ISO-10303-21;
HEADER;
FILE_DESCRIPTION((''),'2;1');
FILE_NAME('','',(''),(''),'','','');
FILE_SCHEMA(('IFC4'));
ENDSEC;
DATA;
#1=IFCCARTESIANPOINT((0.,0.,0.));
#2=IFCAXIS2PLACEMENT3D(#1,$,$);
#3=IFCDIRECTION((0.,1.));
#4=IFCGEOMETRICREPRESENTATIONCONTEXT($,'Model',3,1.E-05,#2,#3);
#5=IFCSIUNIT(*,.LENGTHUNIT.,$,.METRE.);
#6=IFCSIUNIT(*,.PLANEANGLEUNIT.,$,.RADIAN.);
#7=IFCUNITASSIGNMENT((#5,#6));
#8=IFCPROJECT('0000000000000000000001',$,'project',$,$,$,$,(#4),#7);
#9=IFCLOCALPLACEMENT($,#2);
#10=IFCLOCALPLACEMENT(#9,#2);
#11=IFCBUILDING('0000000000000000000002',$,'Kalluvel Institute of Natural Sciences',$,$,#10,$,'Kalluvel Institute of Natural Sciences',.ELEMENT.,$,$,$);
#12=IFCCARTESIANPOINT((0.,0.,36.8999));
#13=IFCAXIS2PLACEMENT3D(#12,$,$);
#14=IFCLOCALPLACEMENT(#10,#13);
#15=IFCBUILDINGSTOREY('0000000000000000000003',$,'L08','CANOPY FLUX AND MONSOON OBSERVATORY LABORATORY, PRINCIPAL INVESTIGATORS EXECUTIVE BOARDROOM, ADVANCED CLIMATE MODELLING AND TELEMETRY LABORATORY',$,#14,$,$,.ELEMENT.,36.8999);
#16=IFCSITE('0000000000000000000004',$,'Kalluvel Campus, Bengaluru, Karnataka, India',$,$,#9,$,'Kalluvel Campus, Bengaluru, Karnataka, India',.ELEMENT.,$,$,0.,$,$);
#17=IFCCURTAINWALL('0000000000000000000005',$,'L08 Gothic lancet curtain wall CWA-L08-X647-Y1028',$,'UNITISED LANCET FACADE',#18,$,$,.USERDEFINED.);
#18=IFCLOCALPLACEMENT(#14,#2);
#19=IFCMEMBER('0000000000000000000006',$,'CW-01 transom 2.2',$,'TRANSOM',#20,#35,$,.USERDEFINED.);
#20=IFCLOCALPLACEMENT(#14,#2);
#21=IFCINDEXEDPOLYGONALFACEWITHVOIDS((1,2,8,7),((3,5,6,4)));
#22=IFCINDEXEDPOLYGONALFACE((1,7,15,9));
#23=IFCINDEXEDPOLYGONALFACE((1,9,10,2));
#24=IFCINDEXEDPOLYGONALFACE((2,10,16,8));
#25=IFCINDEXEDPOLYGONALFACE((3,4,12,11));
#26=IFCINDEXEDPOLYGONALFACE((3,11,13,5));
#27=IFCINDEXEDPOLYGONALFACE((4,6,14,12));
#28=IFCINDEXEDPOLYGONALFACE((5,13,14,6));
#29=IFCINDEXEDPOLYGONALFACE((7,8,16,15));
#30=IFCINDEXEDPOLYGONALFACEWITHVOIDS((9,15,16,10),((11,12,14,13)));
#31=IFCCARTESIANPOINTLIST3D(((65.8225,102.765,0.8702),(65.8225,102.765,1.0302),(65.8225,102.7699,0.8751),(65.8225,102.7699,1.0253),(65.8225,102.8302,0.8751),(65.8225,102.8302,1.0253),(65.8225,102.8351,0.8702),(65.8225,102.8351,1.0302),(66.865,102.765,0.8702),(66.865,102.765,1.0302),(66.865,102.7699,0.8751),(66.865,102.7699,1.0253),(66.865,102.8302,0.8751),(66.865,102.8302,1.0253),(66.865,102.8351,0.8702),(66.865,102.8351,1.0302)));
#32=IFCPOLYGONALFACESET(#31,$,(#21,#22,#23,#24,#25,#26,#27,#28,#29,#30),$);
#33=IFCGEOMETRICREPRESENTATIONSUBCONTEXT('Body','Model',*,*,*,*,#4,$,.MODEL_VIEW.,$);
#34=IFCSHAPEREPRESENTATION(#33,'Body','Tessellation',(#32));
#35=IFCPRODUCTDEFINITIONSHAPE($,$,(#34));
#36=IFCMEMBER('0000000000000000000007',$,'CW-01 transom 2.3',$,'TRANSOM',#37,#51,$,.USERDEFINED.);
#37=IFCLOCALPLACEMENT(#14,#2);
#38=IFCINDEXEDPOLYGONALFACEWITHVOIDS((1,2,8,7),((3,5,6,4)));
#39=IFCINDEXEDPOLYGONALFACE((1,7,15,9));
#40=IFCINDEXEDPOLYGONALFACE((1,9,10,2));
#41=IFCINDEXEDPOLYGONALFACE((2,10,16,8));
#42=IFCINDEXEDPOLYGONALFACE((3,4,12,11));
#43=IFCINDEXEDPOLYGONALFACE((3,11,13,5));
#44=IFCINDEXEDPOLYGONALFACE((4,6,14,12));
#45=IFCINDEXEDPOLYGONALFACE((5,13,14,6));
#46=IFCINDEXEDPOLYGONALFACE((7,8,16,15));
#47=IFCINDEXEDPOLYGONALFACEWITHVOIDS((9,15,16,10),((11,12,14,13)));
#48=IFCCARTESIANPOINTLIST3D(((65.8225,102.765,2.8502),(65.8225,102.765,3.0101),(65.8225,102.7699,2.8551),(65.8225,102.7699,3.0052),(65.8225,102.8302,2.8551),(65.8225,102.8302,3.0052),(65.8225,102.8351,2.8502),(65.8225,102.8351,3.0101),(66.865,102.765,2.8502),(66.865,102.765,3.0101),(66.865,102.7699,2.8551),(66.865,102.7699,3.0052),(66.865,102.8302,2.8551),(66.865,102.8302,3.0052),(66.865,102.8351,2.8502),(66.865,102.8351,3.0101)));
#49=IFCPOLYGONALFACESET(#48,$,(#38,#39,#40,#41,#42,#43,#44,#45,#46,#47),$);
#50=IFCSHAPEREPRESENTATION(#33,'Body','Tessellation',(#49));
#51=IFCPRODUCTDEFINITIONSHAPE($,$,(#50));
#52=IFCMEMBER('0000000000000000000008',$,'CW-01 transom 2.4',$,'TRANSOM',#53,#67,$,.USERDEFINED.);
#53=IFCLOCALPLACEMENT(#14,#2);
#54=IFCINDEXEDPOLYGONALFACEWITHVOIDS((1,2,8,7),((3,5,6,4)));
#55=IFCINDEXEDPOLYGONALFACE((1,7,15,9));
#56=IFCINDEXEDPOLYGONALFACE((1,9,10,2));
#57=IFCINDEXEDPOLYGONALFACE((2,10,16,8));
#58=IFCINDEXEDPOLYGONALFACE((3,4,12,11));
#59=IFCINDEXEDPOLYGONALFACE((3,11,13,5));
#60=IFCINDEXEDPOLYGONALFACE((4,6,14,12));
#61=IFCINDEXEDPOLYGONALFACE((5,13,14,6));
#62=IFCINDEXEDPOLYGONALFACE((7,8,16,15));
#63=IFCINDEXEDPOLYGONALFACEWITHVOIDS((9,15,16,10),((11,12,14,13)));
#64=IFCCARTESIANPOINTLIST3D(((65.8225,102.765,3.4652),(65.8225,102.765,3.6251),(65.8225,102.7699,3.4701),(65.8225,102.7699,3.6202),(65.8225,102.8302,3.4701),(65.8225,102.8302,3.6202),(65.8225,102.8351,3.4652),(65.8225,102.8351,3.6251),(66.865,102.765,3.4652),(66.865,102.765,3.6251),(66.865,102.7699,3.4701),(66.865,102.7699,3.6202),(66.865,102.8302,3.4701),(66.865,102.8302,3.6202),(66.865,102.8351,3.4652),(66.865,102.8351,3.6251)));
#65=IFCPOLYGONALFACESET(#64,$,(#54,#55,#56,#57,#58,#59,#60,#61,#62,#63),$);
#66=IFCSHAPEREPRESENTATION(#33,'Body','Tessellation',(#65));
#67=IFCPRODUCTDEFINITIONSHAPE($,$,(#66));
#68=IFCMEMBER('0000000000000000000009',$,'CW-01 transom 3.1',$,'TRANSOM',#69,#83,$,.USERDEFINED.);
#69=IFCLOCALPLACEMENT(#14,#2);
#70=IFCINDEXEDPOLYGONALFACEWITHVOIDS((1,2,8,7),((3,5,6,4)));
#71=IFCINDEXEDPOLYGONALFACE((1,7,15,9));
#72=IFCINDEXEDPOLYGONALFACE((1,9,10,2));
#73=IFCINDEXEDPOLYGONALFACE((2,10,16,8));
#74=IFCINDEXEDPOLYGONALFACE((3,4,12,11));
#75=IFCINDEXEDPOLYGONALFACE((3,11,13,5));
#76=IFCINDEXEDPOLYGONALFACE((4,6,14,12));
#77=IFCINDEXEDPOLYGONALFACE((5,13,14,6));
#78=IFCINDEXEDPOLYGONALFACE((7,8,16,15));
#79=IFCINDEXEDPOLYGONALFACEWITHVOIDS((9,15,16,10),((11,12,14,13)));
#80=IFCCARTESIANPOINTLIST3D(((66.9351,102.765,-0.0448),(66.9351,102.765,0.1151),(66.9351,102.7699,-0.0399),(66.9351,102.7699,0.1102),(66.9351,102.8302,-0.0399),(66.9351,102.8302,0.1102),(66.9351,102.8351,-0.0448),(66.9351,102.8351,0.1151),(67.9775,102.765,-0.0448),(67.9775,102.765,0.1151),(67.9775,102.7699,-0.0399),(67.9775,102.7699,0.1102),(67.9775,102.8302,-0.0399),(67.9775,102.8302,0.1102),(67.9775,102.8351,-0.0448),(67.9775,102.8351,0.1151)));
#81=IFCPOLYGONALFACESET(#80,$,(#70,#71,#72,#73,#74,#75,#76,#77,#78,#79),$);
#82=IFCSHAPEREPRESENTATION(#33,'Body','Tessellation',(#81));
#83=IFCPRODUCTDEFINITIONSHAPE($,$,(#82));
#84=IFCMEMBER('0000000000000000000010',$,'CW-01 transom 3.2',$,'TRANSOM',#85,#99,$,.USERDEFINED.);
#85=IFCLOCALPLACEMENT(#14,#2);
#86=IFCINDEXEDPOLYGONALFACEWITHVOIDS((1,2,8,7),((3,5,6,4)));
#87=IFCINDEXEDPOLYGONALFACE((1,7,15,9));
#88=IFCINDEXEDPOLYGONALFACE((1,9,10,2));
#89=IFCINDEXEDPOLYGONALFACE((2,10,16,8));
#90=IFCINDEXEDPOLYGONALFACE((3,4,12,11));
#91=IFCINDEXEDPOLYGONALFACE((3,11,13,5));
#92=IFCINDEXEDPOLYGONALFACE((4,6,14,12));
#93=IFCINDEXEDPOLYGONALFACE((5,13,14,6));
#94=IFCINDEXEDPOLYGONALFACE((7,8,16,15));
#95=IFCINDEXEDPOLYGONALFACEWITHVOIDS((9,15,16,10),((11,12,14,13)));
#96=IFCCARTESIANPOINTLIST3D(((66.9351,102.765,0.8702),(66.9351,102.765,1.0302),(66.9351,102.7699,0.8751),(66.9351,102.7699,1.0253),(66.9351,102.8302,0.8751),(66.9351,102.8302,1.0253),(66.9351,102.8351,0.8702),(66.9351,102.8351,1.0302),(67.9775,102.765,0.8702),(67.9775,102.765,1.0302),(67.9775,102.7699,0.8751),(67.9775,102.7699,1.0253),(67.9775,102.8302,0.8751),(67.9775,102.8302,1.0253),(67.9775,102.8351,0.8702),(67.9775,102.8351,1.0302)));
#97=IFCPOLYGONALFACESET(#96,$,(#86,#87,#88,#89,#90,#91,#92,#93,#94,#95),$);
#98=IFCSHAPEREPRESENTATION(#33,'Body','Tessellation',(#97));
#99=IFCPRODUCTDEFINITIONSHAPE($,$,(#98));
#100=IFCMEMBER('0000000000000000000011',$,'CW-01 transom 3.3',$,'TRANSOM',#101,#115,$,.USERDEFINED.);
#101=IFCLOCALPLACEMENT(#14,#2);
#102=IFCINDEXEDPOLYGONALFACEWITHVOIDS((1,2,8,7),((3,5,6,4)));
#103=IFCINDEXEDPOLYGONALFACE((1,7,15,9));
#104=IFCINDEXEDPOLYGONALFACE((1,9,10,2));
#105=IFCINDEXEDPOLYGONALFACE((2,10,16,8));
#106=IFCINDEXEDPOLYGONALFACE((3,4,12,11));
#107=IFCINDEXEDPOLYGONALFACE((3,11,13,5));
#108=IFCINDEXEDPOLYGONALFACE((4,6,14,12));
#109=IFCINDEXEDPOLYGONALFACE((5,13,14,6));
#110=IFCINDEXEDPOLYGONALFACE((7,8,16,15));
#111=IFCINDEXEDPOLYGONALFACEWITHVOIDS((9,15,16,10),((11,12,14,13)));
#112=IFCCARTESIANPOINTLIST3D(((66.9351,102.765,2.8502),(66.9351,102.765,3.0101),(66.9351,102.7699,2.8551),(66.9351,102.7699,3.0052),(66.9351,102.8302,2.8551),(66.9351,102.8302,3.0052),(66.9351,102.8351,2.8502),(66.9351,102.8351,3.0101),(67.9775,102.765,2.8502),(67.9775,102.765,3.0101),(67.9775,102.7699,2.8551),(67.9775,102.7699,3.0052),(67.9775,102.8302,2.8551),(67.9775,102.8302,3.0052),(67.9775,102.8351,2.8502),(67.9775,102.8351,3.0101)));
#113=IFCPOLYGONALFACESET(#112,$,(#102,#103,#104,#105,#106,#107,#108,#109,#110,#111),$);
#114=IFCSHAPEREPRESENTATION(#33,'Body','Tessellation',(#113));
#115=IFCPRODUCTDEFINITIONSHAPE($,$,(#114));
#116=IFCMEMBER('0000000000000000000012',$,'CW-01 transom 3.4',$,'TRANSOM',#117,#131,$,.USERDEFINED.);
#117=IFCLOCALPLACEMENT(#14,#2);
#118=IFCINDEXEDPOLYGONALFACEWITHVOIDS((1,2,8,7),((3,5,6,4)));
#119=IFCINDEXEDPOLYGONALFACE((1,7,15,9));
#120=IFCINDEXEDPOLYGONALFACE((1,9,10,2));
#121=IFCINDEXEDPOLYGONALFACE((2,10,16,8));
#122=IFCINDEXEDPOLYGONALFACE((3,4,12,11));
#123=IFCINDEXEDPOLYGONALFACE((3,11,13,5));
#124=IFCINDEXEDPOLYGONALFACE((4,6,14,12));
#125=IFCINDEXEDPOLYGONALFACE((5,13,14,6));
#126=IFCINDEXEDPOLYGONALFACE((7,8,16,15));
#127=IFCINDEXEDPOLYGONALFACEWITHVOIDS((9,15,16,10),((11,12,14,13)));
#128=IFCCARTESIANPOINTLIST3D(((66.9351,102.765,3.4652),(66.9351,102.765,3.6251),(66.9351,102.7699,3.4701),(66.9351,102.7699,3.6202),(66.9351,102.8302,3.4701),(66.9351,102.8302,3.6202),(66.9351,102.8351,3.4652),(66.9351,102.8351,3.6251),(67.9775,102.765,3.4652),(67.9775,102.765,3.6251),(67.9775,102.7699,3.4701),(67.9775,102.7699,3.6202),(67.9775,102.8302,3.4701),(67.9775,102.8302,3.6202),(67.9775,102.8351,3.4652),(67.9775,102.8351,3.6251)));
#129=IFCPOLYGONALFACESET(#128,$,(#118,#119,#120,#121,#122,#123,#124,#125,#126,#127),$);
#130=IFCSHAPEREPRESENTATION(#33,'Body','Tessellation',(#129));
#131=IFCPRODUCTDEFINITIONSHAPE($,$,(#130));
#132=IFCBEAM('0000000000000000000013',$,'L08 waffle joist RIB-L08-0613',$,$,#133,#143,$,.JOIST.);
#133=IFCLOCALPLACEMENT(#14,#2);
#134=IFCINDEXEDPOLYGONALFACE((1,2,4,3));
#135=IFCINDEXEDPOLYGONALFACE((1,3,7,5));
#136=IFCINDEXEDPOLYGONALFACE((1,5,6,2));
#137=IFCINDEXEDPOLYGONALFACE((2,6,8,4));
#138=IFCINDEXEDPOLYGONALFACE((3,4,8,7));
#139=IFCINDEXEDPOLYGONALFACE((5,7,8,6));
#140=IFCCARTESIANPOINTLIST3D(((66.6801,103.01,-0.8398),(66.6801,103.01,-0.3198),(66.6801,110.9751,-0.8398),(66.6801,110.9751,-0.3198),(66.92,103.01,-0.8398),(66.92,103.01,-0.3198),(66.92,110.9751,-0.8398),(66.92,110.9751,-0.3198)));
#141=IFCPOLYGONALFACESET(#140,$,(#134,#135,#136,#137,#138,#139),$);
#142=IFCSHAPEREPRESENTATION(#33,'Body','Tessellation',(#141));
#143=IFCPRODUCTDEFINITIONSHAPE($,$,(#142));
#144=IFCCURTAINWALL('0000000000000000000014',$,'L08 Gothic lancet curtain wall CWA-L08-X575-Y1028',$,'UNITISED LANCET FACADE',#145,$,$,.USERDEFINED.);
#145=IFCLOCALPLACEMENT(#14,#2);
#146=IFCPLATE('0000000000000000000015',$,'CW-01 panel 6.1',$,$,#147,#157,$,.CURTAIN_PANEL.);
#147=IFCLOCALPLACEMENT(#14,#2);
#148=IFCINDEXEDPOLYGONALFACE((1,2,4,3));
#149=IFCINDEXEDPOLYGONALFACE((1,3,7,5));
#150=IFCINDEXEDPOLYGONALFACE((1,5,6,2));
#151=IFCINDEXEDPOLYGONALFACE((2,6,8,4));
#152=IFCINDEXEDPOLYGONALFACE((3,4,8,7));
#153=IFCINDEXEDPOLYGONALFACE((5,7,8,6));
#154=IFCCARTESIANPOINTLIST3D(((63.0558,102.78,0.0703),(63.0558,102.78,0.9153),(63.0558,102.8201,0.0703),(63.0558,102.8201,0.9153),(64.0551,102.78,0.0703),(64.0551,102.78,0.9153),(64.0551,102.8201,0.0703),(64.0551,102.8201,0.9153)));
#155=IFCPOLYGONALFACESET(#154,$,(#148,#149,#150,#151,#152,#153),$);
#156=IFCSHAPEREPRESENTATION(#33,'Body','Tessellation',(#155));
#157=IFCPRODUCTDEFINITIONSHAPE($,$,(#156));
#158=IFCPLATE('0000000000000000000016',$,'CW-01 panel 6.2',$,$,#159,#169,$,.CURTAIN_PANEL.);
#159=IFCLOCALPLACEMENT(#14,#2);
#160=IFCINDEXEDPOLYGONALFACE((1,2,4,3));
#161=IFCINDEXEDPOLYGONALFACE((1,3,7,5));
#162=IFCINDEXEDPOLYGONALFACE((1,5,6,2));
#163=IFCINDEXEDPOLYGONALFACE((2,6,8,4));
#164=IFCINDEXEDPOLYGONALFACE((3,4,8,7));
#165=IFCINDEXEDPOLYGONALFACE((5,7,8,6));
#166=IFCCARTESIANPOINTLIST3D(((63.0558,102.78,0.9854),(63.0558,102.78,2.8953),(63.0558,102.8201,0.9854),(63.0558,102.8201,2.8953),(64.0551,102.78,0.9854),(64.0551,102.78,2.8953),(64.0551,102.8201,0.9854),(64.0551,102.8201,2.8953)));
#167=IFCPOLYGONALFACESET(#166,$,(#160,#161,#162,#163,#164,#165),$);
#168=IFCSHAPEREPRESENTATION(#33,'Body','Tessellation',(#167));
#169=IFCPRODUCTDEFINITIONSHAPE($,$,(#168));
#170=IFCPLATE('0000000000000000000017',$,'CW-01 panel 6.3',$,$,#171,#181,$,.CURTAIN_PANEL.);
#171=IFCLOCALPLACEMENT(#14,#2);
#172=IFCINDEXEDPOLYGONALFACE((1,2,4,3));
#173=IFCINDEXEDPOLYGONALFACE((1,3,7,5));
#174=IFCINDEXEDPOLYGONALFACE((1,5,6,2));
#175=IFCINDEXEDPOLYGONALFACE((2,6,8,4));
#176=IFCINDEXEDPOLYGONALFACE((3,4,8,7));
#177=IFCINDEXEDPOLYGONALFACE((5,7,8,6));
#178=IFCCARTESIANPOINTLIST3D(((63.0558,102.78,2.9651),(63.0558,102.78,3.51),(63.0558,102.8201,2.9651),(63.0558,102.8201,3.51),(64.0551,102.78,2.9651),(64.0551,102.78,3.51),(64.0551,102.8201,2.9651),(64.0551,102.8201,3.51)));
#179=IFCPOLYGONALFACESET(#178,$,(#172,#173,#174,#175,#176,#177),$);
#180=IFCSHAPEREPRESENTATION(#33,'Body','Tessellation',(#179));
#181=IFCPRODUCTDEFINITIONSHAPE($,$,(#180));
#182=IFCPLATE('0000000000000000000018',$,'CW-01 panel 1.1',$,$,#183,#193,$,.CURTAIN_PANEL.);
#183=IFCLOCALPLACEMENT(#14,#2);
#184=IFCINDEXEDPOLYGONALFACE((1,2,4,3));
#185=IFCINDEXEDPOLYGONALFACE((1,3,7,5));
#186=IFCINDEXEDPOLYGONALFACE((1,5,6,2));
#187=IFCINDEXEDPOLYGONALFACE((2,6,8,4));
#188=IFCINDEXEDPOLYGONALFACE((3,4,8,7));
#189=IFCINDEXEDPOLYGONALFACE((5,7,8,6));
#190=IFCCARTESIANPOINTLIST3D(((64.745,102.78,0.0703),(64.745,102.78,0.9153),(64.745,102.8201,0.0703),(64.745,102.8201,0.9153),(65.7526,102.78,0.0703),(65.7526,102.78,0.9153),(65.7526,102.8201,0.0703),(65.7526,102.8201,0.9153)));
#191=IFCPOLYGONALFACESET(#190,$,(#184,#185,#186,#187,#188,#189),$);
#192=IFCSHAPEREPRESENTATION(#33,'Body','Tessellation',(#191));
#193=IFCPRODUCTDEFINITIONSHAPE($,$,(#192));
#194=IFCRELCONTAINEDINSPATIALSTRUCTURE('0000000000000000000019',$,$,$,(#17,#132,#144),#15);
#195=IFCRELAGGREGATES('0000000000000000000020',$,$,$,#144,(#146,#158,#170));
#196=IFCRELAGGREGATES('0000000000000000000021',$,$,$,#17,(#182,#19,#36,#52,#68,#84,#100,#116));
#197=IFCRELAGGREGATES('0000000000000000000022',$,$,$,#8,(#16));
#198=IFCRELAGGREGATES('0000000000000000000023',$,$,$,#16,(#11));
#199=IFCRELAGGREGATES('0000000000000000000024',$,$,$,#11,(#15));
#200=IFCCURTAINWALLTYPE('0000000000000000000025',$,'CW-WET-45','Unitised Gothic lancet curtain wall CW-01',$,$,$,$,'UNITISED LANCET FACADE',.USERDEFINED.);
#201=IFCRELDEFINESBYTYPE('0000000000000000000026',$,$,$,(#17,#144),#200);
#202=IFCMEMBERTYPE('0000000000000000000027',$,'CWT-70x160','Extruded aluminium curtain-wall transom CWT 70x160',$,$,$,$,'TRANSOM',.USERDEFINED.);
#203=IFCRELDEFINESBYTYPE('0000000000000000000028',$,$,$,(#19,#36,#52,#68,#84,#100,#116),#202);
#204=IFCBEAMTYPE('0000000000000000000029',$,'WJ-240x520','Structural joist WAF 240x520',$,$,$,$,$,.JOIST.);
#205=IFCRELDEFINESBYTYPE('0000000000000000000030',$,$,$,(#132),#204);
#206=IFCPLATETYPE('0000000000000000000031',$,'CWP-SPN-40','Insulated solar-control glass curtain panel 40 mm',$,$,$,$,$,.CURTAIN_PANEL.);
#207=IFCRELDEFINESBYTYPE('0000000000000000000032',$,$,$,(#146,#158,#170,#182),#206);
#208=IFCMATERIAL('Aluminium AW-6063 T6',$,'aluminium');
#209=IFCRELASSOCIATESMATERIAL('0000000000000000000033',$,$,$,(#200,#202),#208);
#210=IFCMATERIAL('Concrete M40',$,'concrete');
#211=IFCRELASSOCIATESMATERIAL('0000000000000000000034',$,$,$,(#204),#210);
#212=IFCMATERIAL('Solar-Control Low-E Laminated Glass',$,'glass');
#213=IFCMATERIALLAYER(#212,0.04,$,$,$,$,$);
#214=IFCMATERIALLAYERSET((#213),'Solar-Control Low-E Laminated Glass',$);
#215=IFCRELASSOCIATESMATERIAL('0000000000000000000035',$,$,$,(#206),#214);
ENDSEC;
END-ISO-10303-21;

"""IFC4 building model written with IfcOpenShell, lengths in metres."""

from ifc_helpers import new_model, si_unit, direction, frame, origin, origin_2d, place, context, subcontext, project, spatial, rectangle, hollow_rectangle, extrude, material, layer, layer_set, material_profile, profile_set, type_object, element, aggregate, save


model = new_model("IFC4")

# Units and contexts
model_context = context("Model", 3, precision=1e-05, world=origin(), true_north=direction((0.0, 1.0)))
body_context = subcontext(model_context, "Body", "Model", "MODEL_VIEW")
ifc_project = project(units=[si_unit("LENGTHUNIT", "METRE"), si_unit("PLANEANGLEUNIT", "RADIAN")], contexts=[model_context])

# Site, building, storey
site_placement = place(None, origin())
site = spatial("IfcSite", under=ifc_project, at=site_placement, Name="Kalluvel Campus, Bengaluru, Karnataka, India", LongName="Kalluvel Campus, Bengaluru, Karnataka, India", CompositionType="ELEMENT", RefElevation=0.0)
building_placement = place(site_placement, origin())
building = spatial("IfcBuilding", under=site, at=building_placement, Name="Kalluvel Institute of Natural Sciences", LongName="Kalluvel Institute of Natural Sciences", CompositionType="ELEMENT")
storey_placement = place(building_placement, frame((0.0, 0.0, 36.8999)))
storey = spatial("IfcBuildingStorey", under=building, at=storey_placement, Name="L08", Description="CANOPY FLUX AND MONSOON OBSERVATORY LABORATORY, PRINCIPAL INVESTIGATORS EXECUTIVE BOARDROOM, ADVANCED CLIMATE MODELLING AND TELEMETRY LABORATORY", CompositionType="ELEMENT", Elevation=36.8999)

# Curtain wall, members
ifc_material_1 = material(Name="Aluminium AW-6063 T6", Category="aluminium")
curtain_wall_type = type_object("IfcCurtainWallType", Name="CW-WET-45", Description="Unitised Gothic lancet curtain wall CW-01", ElementType="UNITISED LANCET FACADE", PredefinedType="USERDEFINED", material=ifc_material_1)
curtain_wall_1_placement = place(storey_placement, origin())
curtain_wall_1 = element("IfcCurtainWall", 1, at=curtain_wall_1_placement, inside=storey, type_object=curtain_wall_type, Name="L08 Gothic lancet curtain wall CWA-L08-X647-Y1028", ObjectType="UNITISED LANCET FACADE", PredefinedType="USERDEFINED")
ifc_material_profile_1 = material_profile(ifc_material_1, hollow_rectangle(XDim=0.0701, YDim=0.1599, WallThickness=0.0049, at=origin_2d()), Name="CWT 70x160")
ifc_profile_set_1 = profile_set([ifc_material_profile_1], Name="Aluminium AW-6063 T6")
member_type_1 = type_object("IfcMemberType", Name="CWT-70x160", Description="Extruded aluminium curtain-wall transom CWT 70x160", ElementType="TRANSOM", PredefinedType="USERDEFINED", material=ifc_profile_set_1)
member_1_placement = place(storey_placement, frame((65.8225, 102.8, 0.9502), z_axis=(1.0, 0.0, 0.0), x_axis=(0.0, 1.0, 0.0)))
member_1 = element("IfcMember", 2, at=member_1_placement, type_object=member_type_1, Name="CW-01 transom 2.2", ObjectType="TRANSOM", PredefinedType="USERDEFINED", context=body_context, shape_type="SweptSolid", body=[
    extrude(hollow_rectangle(XDim=0.0701, YDim=0.1599, WallThickness=0.0049, at=origin_2d()), origin(), (0.0, 0.0, 1.0), 1.0425),
])
member_2_placement = place(storey_placement, frame((65.8225, 102.8, 2.9302), z_axis=(1.0, 0.0, 0.0), x_axis=(0.0, 1.0, 0.0)))
member_2 = element("IfcMember", 3, at=member_2_placement, type_object=member_type_1, Name="CW-01 transom 2.3", ObjectType="TRANSOM", PredefinedType="USERDEFINED", context=body_context, shape_type="SweptSolid", body=[
    extrude(hollow_rectangle(XDim=0.0701, YDim=0.1599, WallThickness=0.0049, at=origin_2d()), origin(), (0.0, 0.0, 1.0), 1.0425),
])
member_3_placement = place(storey_placement, frame((65.8225, 102.8, 3.5452), z_axis=(1.0, 0.0, 0.0), x_axis=(0.0, 1.0, 0.0)))
member_3 = element("IfcMember", 4, at=member_3_placement, type_object=member_type_1, Name="CW-01 transom 2.4", ObjectType="TRANSOM", PredefinedType="USERDEFINED", context=body_context, shape_type="SweptSolid", body=[
    extrude(hollow_rectangle(XDim=0.0701, YDim=0.1599, WallThickness=0.0049, at=origin_2d()), origin(), (0.0, 0.0, 1.0), 1.0425),
])
member_4_placement = place(storey_placement, frame((66.9351, 102.8, 0.0352), z_axis=(1.0, 0.0, 0.0), x_axis=(0.0, 1.0, 0.0)))
member_4 = element("IfcMember", 5, at=member_4_placement, type_object=member_type_1, Name="CW-01 transom 3.1", ObjectType="TRANSOM", PredefinedType="USERDEFINED", context=body_context, shape_type="SweptSolid", body=[
    extrude(hollow_rectangle(XDim=0.0701, YDim=0.1599, WallThickness=0.0049, at=origin_2d()), origin(), (0.0, 0.0, 1.0), 1.0425),
])
member_5_placement = place(storey_placement, frame((66.9351, 102.8, 0.9502), z_axis=(1.0, 0.0, 0.0), x_axis=(0.0, 1.0, 0.0)))
member_5 = element("IfcMember", 6, at=member_5_placement, type_object=member_type_1, Name="CW-01 transom 3.2", ObjectType="TRANSOM", PredefinedType="USERDEFINED", context=body_context, shape_type="SweptSolid", body=[
    extrude(hollow_rectangle(XDim=0.0701, YDim=0.1599, WallThickness=0.0049, at=origin_2d()), origin(), (0.0, 0.0, 1.0), 1.0425),
])
member_6_placement = place(storey_placement, frame((66.9351, 102.8, 2.9302), z_axis=(1.0, 0.0, 0.0), x_axis=(0.0, 1.0, 0.0)))
member_6 = element("IfcMember", 7, at=member_6_placement, type_object=member_type_1, Name="CW-01 transom 3.3", ObjectType="TRANSOM", PredefinedType="USERDEFINED", context=body_context, shape_type="SweptSolid", body=[
    extrude(hollow_rectangle(XDim=0.0701, YDim=0.1599, WallThickness=0.0049, at=origin_2d()), origin(), (0.0, 0.0, 1.0), 1.0425),
])
member_7_placement = place(storey_placement, frame((66.9351, 102.8, 3.5452), z_axis=(1.0, 0.0, 0.0), x_axis=(0.0, 1.0, 0.0)))
member_7 = element("IfcMember", 8, at=member_7_placement, type_object=member_type_1, Name="CW-01 transom 3.4", ObjectType="TRANSOM", PredefinedType="USERDEFINED", context=body_context, shape_type="SweptSolid", body=[
    extrude(hollow_rectangle(XDim=0.0701, YDim=0.1599, WallThickness=0.0049, at=origin_2d()), origin(), (0.0, 0.0, 1.0), 1.0425),
])

# Beam
ifc_material_2 = material(Name="Concrete M40", Category="concrete")
ifc_material_profile_2 = material_profile(ifc_material_2, rectangle(XDim=0.24, YDim=0.52, at=origin_2d()), Name="WAF 240x520")
ifc_profile_set_2 = profile_set([ifc_material_profile_2], Name="Concrete M40")
beam_type_1 = type_object("IfcBeamType", Name="WJ-240x520", Description="Structural joist WAF 240x520", PredefinedType="JOIST", material=ifc_profile_set_2)
beam_1_placement = place(storey_placement, frame((66.8, 103.01, -0.5798), z_axis=(0.0, 1.0, 0.0), x_axis=(-1.0, 0.0, 0.0)))
element("IfcBeam", 9, at=beam_1_placement, inside=storey, type_object=beam_type_1, Name="L08 waffle joist RIB-L08-0613", PredefinedType="JOIST", context=body_context, shape_type="SweptSolid", body=[
    extrude(rectangle(XDim=0.24, YDim=0.52, at=origin_2d()), origin(), (0.0, 0.0, 1.0), 7.9651),
])

# Curtain wall, plates
curtain_wall_2_placement = place(storey_placement, origin())
curtain_wall_2 = element("IfcCurtainWall", 10, at=curtain_wall_2_placement, inside=storey, type_object=curtain_wall_type, Name="L08 Gothic lancet curtain wall CWA-L08-X575-Y1028", ObjectType="UNITISED LANCET FACADE", PredefinedType="USERDEFINED")
ifc_material_3 = material(Name="Solar-Control Low-E Laminated Glass", Category="glass")
ifc_layer_1 = layer(ifc_material_3, 0.04)
ifc_layer_set_1 = layer_set([ifc_layer_1], Name="Solar-Control Low-E Laminated Glass")
plate_type_1 = type_object("IfcPlateType", Name="CWP-SPN-40", Description="Insulated solar-control glass curtain panel 40 mm", PredefinedType="CURTAIN_PANEL", material=ifc_layer_set_1)
plate_1_placement = place(storey_placement, frame((63.5554, 102.8, 0.0703), z_axis=(0.0, 0.0, 1.0), x_axis=(1.0, 0.0, 0.0)))
plate_1 = element("IfcPlate", 11, at=plate_1_placement, type_object=plate_type_1, Name="CW-01 panel 6.1", PredefinedType="CURTAIN_PANEL", context=body_context, shape_type="SweptSolid", body=[
    extrude(rectangle(XDim=0.9993, YDim=0.04, at=origin_2d()), origin(), (0.0, 0.0, 1.0), 0.845),
])
plate_2_placement = place(storey_placement, frame((63.5554, 102.8, 0.9854), z_axis=(0.0, 0.0, 1.0), x_axis=(1.0, 0.0, 0.0)))
plate_2 = element("IfcPlate", 12, at=plate_2_placement, type_object=plate_type_1, Name="CW-01 panel 6.2", PredefinedType="CURTAIN_PANEL", context=body_context, shape_type="SweptSolid", body=[
    extrude(rectangle(XDim=0.9993, YDim=0.04, at=origin_2d()), origin(), (0.0, 0.0, 1.0), 1.9099),
])
plate_3_placement = place(storey_placement, frame((63.5554, 102.8, 2.9651), z_axis=(0.0, 0.0, 1.0), x_axis=(1.0, 0.0, 0.0)))
plate_3 = element("IfcPlate", 13, at=plate_3_placement, type_object=plate_type_1, Name="CW-01 panel 6.3", PredefinedType="CURTAIN_PANEL", context=body_context, shape_type="SweptSolid", body=[
    extrude(rectangle(XDim=0.9993, YDim=0.04, at=origin_2d()), origin(), (0.0, 0.0, 1.0), 0.5449),
])
aggregate(curtain_wall_2, [plate_1, plate_2, plate_3])

# Plate
plate_4_placement = place(storey_placement, frame((65.2488, 102.8, 0.0703), z_axis=(0.0, 0.0, 1.0), x_axis=(1.0, 0.0, 0.0)))
plate_4 = element("IfcPlate", 14, at=plate_4_placement, type_object=plate_type_1, Name="CW-01 panel 1.1", PredefinedType="CURTAIN_PANEL", context=body_context, shape_type="SweptSolid", body=[
    extrude(rectangle(XDim=1.0076, YDim=0.04, at=origin_2d()), origin(), (0.0, 0.0, 1.0), 0.845),
])
aggregate(curtain_wall_1, [plate_4, member_1, member_2, member_3, member_4, member_5, member_6, member_7])

save(model, "model.ifc")
